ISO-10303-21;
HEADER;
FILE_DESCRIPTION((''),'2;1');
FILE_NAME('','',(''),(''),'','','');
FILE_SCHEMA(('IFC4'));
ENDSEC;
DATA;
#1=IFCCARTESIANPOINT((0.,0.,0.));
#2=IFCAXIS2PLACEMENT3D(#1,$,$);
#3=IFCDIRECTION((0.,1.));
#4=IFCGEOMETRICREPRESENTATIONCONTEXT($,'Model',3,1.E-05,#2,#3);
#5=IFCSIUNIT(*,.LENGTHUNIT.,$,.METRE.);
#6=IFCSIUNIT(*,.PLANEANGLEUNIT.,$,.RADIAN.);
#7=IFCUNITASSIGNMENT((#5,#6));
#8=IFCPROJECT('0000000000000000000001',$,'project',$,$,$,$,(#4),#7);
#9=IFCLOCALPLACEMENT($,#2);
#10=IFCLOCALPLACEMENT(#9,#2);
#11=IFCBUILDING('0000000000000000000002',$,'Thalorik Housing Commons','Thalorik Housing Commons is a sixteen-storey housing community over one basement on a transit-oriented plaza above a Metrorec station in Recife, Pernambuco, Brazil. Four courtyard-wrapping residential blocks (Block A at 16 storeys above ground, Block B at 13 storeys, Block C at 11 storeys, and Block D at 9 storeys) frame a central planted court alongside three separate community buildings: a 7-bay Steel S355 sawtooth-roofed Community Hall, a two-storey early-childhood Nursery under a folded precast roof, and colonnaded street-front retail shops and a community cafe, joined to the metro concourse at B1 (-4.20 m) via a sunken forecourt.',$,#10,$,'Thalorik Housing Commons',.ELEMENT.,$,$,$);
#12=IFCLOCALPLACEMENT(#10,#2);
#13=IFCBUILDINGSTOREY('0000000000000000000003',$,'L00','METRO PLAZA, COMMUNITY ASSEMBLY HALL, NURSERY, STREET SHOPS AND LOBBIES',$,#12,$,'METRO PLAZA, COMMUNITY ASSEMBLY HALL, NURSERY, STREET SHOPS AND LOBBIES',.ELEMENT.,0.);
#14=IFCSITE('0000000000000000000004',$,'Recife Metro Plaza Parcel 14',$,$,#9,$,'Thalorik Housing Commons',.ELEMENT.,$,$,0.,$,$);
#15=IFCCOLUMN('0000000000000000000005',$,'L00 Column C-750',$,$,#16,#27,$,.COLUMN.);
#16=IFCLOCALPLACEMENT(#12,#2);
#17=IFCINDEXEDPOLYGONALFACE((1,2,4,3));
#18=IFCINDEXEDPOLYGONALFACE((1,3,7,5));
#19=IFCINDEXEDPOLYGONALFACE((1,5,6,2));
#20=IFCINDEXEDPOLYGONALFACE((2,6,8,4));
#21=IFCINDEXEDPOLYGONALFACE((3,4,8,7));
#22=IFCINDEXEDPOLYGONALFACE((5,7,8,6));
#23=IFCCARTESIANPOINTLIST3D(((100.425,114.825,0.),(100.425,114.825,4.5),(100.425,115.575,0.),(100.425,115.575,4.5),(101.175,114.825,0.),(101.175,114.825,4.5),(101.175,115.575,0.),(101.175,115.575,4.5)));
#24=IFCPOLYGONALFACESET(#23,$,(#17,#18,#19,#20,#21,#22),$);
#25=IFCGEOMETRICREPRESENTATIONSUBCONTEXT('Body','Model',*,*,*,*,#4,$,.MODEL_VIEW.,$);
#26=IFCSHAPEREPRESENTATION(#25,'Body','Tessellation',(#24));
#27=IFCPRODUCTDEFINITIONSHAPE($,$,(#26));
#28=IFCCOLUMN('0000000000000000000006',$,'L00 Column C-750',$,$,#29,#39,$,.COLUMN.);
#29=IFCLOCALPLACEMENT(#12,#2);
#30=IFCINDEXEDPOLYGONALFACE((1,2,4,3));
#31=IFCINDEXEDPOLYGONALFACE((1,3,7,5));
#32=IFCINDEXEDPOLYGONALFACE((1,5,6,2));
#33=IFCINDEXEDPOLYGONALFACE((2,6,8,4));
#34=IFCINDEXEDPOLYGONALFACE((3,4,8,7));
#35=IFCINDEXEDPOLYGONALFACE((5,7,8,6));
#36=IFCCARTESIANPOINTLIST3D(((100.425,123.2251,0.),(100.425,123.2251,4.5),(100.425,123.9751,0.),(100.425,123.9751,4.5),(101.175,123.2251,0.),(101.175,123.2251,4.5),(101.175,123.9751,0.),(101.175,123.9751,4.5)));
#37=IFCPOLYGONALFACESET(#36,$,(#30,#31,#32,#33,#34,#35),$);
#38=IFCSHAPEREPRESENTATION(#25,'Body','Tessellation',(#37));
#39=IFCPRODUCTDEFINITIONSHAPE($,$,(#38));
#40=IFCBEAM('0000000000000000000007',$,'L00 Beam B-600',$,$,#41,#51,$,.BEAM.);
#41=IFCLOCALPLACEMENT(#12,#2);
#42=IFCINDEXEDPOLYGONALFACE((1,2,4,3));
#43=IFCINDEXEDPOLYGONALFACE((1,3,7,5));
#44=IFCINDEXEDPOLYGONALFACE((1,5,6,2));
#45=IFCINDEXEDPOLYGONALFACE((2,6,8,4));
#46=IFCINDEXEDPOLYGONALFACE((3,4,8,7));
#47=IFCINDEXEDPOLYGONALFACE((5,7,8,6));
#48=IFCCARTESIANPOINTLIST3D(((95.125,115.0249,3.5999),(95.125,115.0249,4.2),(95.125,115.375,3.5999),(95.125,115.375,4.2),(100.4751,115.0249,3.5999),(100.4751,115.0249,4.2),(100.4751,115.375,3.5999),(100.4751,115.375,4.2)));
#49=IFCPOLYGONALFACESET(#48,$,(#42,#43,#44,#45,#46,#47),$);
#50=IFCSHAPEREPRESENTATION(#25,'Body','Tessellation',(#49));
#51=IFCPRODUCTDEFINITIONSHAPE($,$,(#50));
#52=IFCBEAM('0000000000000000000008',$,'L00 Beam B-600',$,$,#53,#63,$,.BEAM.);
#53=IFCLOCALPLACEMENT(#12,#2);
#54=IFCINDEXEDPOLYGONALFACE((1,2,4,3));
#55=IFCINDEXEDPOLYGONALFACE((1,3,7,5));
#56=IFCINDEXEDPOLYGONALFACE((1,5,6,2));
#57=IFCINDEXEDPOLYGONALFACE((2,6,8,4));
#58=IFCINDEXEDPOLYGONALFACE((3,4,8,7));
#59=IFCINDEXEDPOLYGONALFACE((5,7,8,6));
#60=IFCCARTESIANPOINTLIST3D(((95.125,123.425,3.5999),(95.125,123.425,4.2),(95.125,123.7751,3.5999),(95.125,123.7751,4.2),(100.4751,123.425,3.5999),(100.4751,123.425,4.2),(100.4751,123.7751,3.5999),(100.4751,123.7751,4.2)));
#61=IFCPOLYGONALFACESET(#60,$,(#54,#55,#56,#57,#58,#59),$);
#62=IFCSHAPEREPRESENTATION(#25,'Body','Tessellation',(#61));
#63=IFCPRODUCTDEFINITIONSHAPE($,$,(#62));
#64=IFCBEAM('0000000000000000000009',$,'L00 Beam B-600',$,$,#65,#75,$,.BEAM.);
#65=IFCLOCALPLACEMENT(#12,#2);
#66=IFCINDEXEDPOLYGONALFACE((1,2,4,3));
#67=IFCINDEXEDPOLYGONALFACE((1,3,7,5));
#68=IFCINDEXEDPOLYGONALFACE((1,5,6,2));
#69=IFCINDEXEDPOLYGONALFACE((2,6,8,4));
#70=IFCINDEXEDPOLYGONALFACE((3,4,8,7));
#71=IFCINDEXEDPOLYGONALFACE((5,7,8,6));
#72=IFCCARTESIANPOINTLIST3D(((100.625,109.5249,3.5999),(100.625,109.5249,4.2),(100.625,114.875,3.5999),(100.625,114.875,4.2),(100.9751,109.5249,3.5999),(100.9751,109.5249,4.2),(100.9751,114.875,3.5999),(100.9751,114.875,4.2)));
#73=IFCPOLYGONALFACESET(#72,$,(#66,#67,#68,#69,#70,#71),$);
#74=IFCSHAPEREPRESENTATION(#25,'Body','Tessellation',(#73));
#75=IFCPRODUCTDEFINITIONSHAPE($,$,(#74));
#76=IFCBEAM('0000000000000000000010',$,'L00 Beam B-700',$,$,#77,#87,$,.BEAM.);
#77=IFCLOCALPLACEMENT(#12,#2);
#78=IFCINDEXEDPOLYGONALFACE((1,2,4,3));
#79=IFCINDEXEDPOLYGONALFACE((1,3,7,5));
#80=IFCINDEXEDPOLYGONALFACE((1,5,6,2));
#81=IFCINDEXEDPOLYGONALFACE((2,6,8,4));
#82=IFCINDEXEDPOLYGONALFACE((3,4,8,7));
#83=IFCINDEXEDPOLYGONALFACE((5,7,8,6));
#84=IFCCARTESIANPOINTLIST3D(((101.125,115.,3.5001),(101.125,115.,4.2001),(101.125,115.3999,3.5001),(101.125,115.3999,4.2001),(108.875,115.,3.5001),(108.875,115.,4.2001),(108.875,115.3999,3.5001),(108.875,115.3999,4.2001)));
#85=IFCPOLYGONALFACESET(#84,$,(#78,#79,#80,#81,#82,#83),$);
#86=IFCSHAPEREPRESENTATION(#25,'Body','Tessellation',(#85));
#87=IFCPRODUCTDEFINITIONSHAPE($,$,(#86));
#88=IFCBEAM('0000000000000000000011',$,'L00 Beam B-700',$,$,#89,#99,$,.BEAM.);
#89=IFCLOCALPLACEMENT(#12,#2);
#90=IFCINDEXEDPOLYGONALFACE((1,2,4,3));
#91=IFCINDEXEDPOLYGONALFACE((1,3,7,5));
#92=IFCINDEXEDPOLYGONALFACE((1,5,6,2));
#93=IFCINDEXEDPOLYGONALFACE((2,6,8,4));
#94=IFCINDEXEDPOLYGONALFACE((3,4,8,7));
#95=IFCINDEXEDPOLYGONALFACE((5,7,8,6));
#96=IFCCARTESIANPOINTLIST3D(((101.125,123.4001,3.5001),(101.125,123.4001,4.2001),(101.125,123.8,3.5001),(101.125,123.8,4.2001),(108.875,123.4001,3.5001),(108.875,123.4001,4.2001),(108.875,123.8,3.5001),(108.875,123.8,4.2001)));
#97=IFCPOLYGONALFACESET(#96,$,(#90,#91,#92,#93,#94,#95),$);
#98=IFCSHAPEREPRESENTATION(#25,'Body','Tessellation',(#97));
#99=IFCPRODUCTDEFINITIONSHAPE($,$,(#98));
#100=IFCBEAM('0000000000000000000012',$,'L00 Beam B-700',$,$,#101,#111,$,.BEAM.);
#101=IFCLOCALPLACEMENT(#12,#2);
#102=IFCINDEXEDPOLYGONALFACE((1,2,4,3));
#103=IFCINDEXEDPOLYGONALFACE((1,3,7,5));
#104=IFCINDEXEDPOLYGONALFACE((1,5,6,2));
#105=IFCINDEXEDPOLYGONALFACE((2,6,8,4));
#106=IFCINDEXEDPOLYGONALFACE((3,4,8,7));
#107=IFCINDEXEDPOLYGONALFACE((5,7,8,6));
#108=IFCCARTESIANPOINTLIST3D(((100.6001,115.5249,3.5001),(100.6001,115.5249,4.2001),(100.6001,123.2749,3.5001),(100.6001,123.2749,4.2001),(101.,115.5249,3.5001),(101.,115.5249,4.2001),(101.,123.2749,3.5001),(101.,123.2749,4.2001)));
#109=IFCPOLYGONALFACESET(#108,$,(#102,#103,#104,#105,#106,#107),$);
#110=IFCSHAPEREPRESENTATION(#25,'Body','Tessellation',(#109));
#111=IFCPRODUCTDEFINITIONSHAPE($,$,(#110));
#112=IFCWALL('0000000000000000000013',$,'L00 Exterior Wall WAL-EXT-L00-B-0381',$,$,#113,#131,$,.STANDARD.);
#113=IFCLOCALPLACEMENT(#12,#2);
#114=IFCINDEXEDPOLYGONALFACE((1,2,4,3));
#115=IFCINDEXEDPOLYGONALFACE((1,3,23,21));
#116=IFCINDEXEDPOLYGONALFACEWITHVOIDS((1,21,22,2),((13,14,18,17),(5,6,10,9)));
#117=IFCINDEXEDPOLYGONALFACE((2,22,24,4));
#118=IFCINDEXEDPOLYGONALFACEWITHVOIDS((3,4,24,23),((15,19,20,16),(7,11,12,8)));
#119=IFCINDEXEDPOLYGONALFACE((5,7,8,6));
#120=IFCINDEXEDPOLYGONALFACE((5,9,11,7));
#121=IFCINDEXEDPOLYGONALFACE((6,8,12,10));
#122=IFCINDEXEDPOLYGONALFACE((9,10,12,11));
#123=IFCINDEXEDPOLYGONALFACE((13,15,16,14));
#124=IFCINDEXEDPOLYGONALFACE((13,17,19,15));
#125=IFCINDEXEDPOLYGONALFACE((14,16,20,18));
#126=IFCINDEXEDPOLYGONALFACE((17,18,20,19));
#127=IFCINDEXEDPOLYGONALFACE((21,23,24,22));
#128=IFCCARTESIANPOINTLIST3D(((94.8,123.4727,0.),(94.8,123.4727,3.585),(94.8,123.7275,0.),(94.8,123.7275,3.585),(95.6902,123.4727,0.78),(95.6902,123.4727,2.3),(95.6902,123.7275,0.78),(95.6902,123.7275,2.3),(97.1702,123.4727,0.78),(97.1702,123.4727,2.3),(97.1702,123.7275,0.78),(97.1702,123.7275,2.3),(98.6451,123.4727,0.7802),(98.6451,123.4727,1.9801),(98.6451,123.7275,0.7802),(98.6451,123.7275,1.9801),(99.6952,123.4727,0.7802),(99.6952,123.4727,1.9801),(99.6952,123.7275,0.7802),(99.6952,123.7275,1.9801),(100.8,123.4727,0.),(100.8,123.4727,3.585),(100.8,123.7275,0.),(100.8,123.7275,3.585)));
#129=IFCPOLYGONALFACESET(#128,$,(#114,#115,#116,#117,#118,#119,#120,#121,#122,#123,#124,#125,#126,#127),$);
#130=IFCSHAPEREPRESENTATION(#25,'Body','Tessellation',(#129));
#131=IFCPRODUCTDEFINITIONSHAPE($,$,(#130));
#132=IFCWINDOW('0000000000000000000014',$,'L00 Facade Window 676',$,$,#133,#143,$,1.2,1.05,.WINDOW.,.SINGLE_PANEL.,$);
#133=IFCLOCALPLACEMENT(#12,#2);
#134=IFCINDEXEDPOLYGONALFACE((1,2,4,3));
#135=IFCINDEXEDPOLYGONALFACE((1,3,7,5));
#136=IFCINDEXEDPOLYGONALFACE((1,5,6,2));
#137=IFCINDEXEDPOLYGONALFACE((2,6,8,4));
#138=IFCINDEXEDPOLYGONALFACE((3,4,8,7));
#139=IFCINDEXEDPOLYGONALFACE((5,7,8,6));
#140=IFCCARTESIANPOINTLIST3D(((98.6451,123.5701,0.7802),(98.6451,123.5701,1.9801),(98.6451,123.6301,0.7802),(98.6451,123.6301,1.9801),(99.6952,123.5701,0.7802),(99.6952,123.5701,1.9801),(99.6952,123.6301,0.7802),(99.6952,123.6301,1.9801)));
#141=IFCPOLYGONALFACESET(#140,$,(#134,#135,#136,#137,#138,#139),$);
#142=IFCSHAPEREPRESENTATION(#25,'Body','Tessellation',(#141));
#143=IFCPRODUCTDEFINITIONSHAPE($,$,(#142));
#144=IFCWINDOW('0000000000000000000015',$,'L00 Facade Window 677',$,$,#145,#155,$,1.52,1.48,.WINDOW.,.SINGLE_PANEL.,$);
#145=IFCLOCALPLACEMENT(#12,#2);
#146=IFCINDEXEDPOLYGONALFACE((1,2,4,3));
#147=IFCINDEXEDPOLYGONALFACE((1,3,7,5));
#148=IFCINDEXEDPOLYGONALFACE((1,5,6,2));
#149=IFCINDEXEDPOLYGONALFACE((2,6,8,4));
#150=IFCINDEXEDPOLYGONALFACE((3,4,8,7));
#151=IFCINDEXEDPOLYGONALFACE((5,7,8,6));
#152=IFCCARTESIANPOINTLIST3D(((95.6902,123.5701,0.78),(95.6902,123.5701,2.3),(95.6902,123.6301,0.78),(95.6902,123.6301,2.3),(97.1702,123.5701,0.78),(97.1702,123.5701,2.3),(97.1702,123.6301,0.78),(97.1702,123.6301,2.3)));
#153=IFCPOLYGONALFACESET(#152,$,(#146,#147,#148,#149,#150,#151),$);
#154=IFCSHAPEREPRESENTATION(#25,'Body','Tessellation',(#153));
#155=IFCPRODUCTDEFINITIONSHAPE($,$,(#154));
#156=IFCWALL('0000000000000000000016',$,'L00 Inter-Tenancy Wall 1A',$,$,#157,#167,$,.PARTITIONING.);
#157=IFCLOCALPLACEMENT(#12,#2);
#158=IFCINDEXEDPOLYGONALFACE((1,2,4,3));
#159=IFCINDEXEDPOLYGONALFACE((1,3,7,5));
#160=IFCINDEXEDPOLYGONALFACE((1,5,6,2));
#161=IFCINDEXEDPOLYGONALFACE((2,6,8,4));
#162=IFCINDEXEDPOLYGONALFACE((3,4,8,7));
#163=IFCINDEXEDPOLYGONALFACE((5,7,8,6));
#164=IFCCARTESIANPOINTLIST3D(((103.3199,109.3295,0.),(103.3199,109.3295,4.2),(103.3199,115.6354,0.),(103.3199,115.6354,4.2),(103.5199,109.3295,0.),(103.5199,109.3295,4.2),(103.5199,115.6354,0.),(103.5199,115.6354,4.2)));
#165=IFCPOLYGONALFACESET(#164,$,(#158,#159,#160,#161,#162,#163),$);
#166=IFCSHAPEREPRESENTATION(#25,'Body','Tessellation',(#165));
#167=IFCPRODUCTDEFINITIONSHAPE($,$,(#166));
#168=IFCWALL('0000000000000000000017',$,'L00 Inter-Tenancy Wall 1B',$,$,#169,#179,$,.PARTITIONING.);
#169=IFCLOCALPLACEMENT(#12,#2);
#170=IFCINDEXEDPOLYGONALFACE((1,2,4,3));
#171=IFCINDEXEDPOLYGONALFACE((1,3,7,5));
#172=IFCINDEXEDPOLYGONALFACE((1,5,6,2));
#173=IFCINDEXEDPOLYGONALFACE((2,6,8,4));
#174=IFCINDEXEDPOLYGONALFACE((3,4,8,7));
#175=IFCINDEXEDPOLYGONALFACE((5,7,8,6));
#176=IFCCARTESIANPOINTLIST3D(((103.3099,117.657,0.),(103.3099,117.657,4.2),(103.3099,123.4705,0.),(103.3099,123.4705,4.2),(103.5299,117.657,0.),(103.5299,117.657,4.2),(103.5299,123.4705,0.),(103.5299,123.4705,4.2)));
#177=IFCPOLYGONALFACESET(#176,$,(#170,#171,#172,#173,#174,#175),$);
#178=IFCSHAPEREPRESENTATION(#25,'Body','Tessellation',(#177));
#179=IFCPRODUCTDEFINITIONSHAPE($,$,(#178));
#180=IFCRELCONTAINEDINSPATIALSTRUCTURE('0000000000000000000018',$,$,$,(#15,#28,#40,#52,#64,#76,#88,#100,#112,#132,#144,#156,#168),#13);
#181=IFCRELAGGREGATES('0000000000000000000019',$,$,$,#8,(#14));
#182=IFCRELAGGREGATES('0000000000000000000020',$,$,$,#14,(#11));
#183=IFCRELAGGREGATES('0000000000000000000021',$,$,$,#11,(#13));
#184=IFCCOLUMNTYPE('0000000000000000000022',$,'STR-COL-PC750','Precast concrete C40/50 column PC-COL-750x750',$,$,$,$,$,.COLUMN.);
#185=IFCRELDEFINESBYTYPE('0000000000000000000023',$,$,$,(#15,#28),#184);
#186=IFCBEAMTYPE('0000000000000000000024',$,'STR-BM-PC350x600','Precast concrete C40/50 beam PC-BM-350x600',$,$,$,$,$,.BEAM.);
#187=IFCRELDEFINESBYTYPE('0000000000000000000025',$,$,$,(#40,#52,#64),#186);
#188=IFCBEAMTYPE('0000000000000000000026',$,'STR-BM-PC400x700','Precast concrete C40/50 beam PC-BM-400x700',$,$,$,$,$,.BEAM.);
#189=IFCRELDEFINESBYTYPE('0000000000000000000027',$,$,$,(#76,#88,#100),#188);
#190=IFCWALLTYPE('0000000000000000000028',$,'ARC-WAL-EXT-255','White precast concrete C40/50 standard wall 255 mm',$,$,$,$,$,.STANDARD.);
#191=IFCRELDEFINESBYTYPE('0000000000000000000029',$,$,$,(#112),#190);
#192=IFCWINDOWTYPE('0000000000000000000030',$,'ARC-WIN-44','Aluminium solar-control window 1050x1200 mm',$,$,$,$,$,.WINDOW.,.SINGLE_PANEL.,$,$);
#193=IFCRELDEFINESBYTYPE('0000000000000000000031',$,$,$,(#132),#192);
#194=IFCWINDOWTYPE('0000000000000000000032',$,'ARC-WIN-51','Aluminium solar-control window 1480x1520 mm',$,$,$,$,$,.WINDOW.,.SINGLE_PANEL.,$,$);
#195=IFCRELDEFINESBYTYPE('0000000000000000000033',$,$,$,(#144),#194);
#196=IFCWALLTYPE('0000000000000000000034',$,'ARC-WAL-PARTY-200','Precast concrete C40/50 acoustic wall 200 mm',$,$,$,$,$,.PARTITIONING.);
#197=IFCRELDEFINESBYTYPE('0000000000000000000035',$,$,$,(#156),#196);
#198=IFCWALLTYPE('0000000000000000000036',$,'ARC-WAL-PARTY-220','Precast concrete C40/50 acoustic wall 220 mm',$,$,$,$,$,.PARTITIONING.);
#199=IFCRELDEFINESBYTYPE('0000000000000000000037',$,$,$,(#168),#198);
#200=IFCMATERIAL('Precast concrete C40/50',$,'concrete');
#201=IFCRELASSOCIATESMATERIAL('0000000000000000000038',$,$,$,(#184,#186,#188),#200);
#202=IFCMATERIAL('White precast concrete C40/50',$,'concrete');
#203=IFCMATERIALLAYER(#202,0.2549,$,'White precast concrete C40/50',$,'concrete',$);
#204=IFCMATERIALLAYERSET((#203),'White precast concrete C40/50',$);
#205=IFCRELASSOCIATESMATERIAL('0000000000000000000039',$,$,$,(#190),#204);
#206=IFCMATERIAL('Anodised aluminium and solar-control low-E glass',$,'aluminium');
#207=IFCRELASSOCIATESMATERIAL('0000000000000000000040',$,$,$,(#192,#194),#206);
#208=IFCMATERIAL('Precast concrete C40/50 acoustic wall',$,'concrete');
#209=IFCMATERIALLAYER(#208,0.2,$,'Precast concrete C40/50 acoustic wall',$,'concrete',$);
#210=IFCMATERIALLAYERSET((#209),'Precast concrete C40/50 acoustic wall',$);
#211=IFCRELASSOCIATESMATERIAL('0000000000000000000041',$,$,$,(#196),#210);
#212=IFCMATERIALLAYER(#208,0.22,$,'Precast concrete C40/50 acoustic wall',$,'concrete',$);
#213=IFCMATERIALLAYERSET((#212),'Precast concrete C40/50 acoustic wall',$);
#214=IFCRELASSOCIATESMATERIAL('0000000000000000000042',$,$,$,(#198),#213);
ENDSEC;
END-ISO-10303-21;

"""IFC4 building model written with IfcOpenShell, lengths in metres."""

from ifc_helpers import new_model, si_unit, direction, frame, frame_2d, origin, origin_2d, place, context, subcontext, project, spatial, rectangle, extrude, material, layer, layer_set, material_profile, profile_set, type_object, element, fill, save


model = new_model("IFC4")

# Units and contexts
model_context = context("Model", 3, precision=1e-05, world=origin(), true_north=direction((0.0, 1.0)))
body_context = subcontext(model_context, "Body", "Model", "MODEL_VIEW")
ifc_project = project(units=[si_unit("LENGTHUNIT", "METRE"), si_unit("PLANEANGLEUNIT", "RADIAN")], contexts=[model_context])

# Site, building, storey
site_placement = place(None, origin())
site = spatial("IfcSite", under=ifc_project, at=site_placement, Name="Recife Metro Plaza Parcel 14", LongName="Thalorik Housing Commons", CompositionType="ELEMENT", RefElevation=0.0)
building_placement = place(site_placement, origin())
building = spatial("IfcBuilding", under=site, at=building_placement, Name="Thalorik Housing Commons", Description="Thalorik Housing Commons is a sixteen-storey housing community over one basement on a transit-oriented plaza above a Metrorec station in Recife, Pernambuco, Brazil. Four courtyard-wrapping residential blocks (Block A at 16 storeys above ground, Block B at 13 storeys, Block C at 11 storeys, and Block D at 9 storeys) frame a central planted court alongside three separate community buildings: a 7-bay Steel S355 sawtooth-roofed Community Hall, a two-storey early-childhood Nursery under a folded precast roof, and colonnaded street-front retail shops and a community cafe, joined to the metro concourse at B1 (-4.20 m) via a sunken forecourt.", LongName="Thalorik Housing Commons", CompositionType="ELEMENT")
storey_placement = place(building_placement, origin())
storey = spatial("IfcBuildingStorey", under=building, at=storey_placement, Name="L00", Description="METRO PLAZA, COMMUNITY ASSEMBLY HALL, NURSERY, STREET SHOPS AND LOBBIES", LongName="METRO PLAZA, COMMUNITY ASSEMBLY HALL, NURSERY, STREET SHOPS AND LOBBIES", CompositionType="ELEMENT", Elevation=0.0)

# Columns
ifc_material_1 = material(Name="Precast concrete C40/50", Category="concrete")
ifc_material_profile_1 = material_profile(ifc_material_1, rectangle(XDim=0.75, YDim=0.75, at=origin_2d()), Name="PC 750x750", Category="concrete")
ifc_profile_set_1 = profile_set([ifc_material_profile_1], Name="Precast concrete C40/50")
column_type = type_object("IfcColumnType", Name="STR-COL-PC750", Description="Precast concrete C40/50 column PC-COL-750x750", PredefinedType="COLUMN", material=ifc_profile_set_1)
for number, where, z_axis, x_axis, name in (
    (1, (100.8, 115.2, 0.0), (0.0, 0.0, 1.0), (1.0, 0.0, 0.0), "L00 Column C-750"),
    (2, (100.8, 123.6001, 0.0), (0.0, 0.0, 1.0), (1.0, 0.0, 0.0), "L00 Column C-750"),
):
    element("IfcColumn", number, at=place(storey_placement, frame(where, z_axis=z_axis, x_axis=x_axis)), inside=storey, type_object=column_type, Name=name, PredefinedType="COLUMN", context=body_context, shape_type="SweptSolid", body=[
        extrude(rectangle(XDim=0.75, YDim=0.75, at=origin_2d()), origin(), (0.0, 0.0, 1.0), 4.5),
    ])

# Beams
ifc_material_profile_2 = material_profile(ifc_material_1, rectangle(XDim=0.3501, YDim=0.6001, at=origin_2d()), Name="PC 350x600", Category="concrete")
ifc_profile_set_2 = profile_set([ifc_material_profile_2], Name="Precast concrete C40/50")
beam_type_1 = type_object("IfcBeamType", Name="STR-BM-PC350x600", Description="Precast concrete C40/50 beam PC-BM-350x600", PredefinedType="BEAM", material=ifc_profile_set_2)
for number, where, z_axis, x_axis, name in (
    (3, (95.125, 115.2, 3.8999), (1.0, 0.0, 0.0), (0.0, 1.0, 0.0), "L00 Beam B-600"),
    (4, (95.125, 123.6001, 3.8999), (1.0, 0.0, 0.0), (0.0, 1.0, 0.0), "L00 Beam B-600"),
    (5, (100.8, 109.5249, 3.8999), (0.0, 1.0, 0.0), (-1.0, 0.0, 0.0), "L00 Beam B-600"),
):
    element("IfcBeam", number, at=place(storey_placement, frame(where, z_axis=z_axis, x_axis=x_axis)), inside=storey, type_object=beam_type_1, Name=name, PredefinedType="BEAM", context=body_context, shape_type="SweptSolid", body=[
        extrude(rectangle(XDim=0.3501, YDim=0.6001, at=origin_2d()), origin(), (0.0, 0.0, 1.0), 5.3501),
    ])
ifc_material_profile_3 = material_profile(ifc_material_1, rectangle(XDim=0.3999, YDim=0.7, at=origin_2d()), Name="PC 400x700", Category="concrete")
ifc_profile_set_3 = profile_set([ifc_material_profile_3], Name="Precast concrete C40/50")
beam_type_2 = type_object("IfcBeamType", Name="STR-BM-PC400x700", Description="Precast concrete C40/50 beam PC-BM-400x700", PredefinedType="BEAM", material=ifc_profile_set_3)
for number, where, z_axis, x_axis, name in (
    (6, (101.125, 115.2, 3.8501), (1.0, 0.0, 0.0), (0.0, 1.0, 0.0), "L00 Beam B-700"),
    (7, (101.125, 123.6001, 3.8501), (1.0, 0.0, 0.0), (0.0, 1.0, 0.0), "L00 Beam B-700"),
    (8, (100.8, 115.5249, 3.8501), (0.0, 1.0, 0.0), (-1.0, 0.0, 0.0), "L00 Beam B-700"),
):
    element("IfcBeam", number, at=place(storey_placement, frame(where, z_axis=z_axis, x_axis=x_axis)), inside=storey, type_object=beam_type_2, Name=name, PredefinedType="BEAM", context=body_context, shape_type="SweptSolid", body=[
        extrude(rectangle(XDim=0.3999, YDim=0.7, at=origin_2d()), origin(), (0.0, 0.0, 1.0), 7.75),
    ])

# Wall, openings, windows
ifc_material_2 = material(Name="White precast concrete C40/50", Category="concrete")
ifc_layer_1 = layer(ifc_material_2, 0.2549, Name="White precast concrete C40/50", Category="concrete")
ifc_layer_set_1 = layer_set([ifc_layer_1], Name="White precast concrete C40/50")
wall_type_1 = type_object("IfcWallType", Name="ARC-WAL-EXT-255", Description="White precast concrete C40/50 standard wall 255 mm", PredefinedType="STANDARD", material=ifc_layer_set_1)
wall_1_placement = place(storey_placement, frame((100.8, 123.6001, 0.0), z_axis=(0.0, 0.0, 1.0), x_axis=(-1.0, 0.0, 0.0)))
wall_1 = element("IfcWall", 9, at=wall_1_placement, inside=storey, type_object=wall_type_1, Name="L00 Exterior Wall WAL-EXT-L00-B-0381", PredefinedType="STANDARD", context=body_context, shape_type="SweptSolid", body=[
    extrude(rectangle(XDim=6.0, YDim=0.2549, at=frame_2d((3.0, 0.0))), origin(), (0.0, 0.0, 1.0), 3.585),
])
opening_1_placement = place(wall_1_placement, frame((1.105, 0.0, 0.78)))
opening_1 = element("IfcOpeningElement", 10, at=opening_1_placement, cuts=wall_1, PredefinedType="OPENING", context=body_context, shape_type="SweptSolid", body=[
    extrude(rectangle(XDim=1.05, YDim=1.2, at=frame_2d((0.5249, 0.6001))), frame((0.0, 0.1375, 0.0), z_axis=(0.0, -1.0, 0.0), x_axis=(1.0, 0.0, 0.0)), (0.0, 0.0, 1.0), 0.2749),
])
opening_2_placement = place(wall_1_placement, frame((3.6299, 0.0, 0.78)))
opening_2 = element("IfcOpeningElement", 11, at=opening_2_placement, cuts=wall_1, PredefinedType="OPENING", context=body_context, shape_type="SweptSolid", body=[
    extrude(rectangle(XDim=1.48, YDim=1.52, at=frame_2d((0.74, 0.76))), frame((0.0, 0.1375, 0.0), z_axis=(0.0, -1.0, 0.0), x_axis=(1.0, 0.0, 0.0)), (0.0, 0.0, 1.0), 0.2749),
])
ifc_material_3 = material(Name="Anodised aluminium and solar-control low-E glass", Category="aluminium")
window_type_1 = type_object("IfcWindowType", Name="ARC-WIN-44", Description="Aluminium solar-control window 1050x1200 mm", PartitioningType="SINGLE_PANEL", PredefinedType="WINDOW", material=ifc_material_3)
window_1_placement = place(opening_1_placement, origin())
window_1 = element("IfcWindow", 12, at=window_1_placement, inside=storey, type_object=window_type_1, Name="L00 Facade Window 676", OverallHeight=1.2, OverallWidth=1.05, PartitioningType="SINGLE_PANEL", PredefinedType="WINDOW", context=body_context, shape_type="SweptSolid", body=[
    extrude(rectangle(XDim=1.05, YDim=1.2, at=frame_2d((0.5249, 0.6001))), frame((0.0, 0.03, 0.0), z_axis=(0.0, -1.0, 0.0), x_axis=(1.0, 0.0, 0.0)), (0.0, 0.0, 1.0), 0.0601),
])
fill(opening_1, window_1)
window_type_2 = type_object("IfcWindowType", Name="ARC-WIN-51", Description="Aluminium solar-control window 1480x1520 mm", PartitioningType="SINGLE_PANEL", PredefinedType="WINDOW", material=ifc_material_3)
window_2_placement = place(opening_2_placement, origin())
window_2 = element("IfcWindow", 13, at=window_2_placement, inside=storey, type_object=window_type_2, Name="L00 Facade Window 677", OverallHeight=1.52, OverallWidth=1.48, PartitioningType="SINGLE_PANEL", PredefinedType="WINDOW", context=body_context, shape_type="SweptSolid", body=[
    extrude(rectangle(XDim=1.48, YDim=1.52, at=frame_2d((0.74, 0.76))), frame((0.0, 0.03, 0.0), z_axis=(0.0, -1.0, 0.0), x_axis=(1.0, 0.0, 0.0)), (0.0, 0.0, 1.0), 0.0601),
])
fill(opening_2, window_2)

# Walls
ifc_material_4 = material(Name="Precast concrete C40/50 acoustic wall", Category="concrete")
ifc_layer_2 = layer(ifc_material_4, 0.2, Name="Precast concrete C40/50 acoustic wall", Category="concrete")
ifc_layer_set_2 = layer_set([ifc_layer_2], Name="Precast concrete C40/50 acoustic wall")
wall_type_2 = type_object("IfcWallType", Name="ARC-WAL-PARTY-200", Description="Precast concrete C40/50 acoustic wall 200 mm", PredefinedType="PARTITIONING", material=ifc_layer_set_2)
wall_2_placement = place(storey_placement, frame((103.4199, 109.3296, 0.0), z_axis=(0.0, 0.0, 1.0), x_axis=(0.0, 1.0, 0.0)))
element("IfcWall", 14, at=wall_2_placement, inside=storey, type_object=wall_type_2, Name="L00 Inter-Tenancy Wall 1A", PredefinedType="PARTITIONING", context=body_context, shape_type="SweptSolid", body=[
    extrude(rectangle(XDim=6.3059, YDim=0.2, at=frame_2d((3.1528, 0.0))), origin(), (0.0, 0.0, 1.0), 4.2),
])
ifc_layer_3 = layer(ifc_material_4, 0.22, Name="Precast concrete C40/50 acoustic wall", Category="concrete")
ifc_layer_set_3 = layer_set([ifc_layer_3], Name="Precast concrete C40/50 acoustic wall")
wall_type_3 = type_object("IfcWallType", Name="ARC-WAL-PARTY-220", Description="Precast concrete C40/50 acoustic wall 220 mm", PredefinedType="PARTITIONING", material=ifc_layer_set_3)
wall_3_placement = place(storey_placement, frame((103.4199, 117.657, 0.0), z_axis=(0.0, 0.0, 1.0), x_axis=(0.0, 1.0, 0.0)))
element("IfcWall", 15, at=wall_3_placement, inside=storey, type_object=wall_type_3, Name="L00 Inter-Tenancy Wall 1B", PredefinedType="PARTITIONING", context=body_context, shape_type="SweptSolid", body=[
    extrude(rectangle(XDim=5.8135, YDim=0.22, at=frame_2d((2.9067, 0.0))), origin(), (0.0, 0.0, 1.0), 4.2),
])

save(model, "model.ifc")
